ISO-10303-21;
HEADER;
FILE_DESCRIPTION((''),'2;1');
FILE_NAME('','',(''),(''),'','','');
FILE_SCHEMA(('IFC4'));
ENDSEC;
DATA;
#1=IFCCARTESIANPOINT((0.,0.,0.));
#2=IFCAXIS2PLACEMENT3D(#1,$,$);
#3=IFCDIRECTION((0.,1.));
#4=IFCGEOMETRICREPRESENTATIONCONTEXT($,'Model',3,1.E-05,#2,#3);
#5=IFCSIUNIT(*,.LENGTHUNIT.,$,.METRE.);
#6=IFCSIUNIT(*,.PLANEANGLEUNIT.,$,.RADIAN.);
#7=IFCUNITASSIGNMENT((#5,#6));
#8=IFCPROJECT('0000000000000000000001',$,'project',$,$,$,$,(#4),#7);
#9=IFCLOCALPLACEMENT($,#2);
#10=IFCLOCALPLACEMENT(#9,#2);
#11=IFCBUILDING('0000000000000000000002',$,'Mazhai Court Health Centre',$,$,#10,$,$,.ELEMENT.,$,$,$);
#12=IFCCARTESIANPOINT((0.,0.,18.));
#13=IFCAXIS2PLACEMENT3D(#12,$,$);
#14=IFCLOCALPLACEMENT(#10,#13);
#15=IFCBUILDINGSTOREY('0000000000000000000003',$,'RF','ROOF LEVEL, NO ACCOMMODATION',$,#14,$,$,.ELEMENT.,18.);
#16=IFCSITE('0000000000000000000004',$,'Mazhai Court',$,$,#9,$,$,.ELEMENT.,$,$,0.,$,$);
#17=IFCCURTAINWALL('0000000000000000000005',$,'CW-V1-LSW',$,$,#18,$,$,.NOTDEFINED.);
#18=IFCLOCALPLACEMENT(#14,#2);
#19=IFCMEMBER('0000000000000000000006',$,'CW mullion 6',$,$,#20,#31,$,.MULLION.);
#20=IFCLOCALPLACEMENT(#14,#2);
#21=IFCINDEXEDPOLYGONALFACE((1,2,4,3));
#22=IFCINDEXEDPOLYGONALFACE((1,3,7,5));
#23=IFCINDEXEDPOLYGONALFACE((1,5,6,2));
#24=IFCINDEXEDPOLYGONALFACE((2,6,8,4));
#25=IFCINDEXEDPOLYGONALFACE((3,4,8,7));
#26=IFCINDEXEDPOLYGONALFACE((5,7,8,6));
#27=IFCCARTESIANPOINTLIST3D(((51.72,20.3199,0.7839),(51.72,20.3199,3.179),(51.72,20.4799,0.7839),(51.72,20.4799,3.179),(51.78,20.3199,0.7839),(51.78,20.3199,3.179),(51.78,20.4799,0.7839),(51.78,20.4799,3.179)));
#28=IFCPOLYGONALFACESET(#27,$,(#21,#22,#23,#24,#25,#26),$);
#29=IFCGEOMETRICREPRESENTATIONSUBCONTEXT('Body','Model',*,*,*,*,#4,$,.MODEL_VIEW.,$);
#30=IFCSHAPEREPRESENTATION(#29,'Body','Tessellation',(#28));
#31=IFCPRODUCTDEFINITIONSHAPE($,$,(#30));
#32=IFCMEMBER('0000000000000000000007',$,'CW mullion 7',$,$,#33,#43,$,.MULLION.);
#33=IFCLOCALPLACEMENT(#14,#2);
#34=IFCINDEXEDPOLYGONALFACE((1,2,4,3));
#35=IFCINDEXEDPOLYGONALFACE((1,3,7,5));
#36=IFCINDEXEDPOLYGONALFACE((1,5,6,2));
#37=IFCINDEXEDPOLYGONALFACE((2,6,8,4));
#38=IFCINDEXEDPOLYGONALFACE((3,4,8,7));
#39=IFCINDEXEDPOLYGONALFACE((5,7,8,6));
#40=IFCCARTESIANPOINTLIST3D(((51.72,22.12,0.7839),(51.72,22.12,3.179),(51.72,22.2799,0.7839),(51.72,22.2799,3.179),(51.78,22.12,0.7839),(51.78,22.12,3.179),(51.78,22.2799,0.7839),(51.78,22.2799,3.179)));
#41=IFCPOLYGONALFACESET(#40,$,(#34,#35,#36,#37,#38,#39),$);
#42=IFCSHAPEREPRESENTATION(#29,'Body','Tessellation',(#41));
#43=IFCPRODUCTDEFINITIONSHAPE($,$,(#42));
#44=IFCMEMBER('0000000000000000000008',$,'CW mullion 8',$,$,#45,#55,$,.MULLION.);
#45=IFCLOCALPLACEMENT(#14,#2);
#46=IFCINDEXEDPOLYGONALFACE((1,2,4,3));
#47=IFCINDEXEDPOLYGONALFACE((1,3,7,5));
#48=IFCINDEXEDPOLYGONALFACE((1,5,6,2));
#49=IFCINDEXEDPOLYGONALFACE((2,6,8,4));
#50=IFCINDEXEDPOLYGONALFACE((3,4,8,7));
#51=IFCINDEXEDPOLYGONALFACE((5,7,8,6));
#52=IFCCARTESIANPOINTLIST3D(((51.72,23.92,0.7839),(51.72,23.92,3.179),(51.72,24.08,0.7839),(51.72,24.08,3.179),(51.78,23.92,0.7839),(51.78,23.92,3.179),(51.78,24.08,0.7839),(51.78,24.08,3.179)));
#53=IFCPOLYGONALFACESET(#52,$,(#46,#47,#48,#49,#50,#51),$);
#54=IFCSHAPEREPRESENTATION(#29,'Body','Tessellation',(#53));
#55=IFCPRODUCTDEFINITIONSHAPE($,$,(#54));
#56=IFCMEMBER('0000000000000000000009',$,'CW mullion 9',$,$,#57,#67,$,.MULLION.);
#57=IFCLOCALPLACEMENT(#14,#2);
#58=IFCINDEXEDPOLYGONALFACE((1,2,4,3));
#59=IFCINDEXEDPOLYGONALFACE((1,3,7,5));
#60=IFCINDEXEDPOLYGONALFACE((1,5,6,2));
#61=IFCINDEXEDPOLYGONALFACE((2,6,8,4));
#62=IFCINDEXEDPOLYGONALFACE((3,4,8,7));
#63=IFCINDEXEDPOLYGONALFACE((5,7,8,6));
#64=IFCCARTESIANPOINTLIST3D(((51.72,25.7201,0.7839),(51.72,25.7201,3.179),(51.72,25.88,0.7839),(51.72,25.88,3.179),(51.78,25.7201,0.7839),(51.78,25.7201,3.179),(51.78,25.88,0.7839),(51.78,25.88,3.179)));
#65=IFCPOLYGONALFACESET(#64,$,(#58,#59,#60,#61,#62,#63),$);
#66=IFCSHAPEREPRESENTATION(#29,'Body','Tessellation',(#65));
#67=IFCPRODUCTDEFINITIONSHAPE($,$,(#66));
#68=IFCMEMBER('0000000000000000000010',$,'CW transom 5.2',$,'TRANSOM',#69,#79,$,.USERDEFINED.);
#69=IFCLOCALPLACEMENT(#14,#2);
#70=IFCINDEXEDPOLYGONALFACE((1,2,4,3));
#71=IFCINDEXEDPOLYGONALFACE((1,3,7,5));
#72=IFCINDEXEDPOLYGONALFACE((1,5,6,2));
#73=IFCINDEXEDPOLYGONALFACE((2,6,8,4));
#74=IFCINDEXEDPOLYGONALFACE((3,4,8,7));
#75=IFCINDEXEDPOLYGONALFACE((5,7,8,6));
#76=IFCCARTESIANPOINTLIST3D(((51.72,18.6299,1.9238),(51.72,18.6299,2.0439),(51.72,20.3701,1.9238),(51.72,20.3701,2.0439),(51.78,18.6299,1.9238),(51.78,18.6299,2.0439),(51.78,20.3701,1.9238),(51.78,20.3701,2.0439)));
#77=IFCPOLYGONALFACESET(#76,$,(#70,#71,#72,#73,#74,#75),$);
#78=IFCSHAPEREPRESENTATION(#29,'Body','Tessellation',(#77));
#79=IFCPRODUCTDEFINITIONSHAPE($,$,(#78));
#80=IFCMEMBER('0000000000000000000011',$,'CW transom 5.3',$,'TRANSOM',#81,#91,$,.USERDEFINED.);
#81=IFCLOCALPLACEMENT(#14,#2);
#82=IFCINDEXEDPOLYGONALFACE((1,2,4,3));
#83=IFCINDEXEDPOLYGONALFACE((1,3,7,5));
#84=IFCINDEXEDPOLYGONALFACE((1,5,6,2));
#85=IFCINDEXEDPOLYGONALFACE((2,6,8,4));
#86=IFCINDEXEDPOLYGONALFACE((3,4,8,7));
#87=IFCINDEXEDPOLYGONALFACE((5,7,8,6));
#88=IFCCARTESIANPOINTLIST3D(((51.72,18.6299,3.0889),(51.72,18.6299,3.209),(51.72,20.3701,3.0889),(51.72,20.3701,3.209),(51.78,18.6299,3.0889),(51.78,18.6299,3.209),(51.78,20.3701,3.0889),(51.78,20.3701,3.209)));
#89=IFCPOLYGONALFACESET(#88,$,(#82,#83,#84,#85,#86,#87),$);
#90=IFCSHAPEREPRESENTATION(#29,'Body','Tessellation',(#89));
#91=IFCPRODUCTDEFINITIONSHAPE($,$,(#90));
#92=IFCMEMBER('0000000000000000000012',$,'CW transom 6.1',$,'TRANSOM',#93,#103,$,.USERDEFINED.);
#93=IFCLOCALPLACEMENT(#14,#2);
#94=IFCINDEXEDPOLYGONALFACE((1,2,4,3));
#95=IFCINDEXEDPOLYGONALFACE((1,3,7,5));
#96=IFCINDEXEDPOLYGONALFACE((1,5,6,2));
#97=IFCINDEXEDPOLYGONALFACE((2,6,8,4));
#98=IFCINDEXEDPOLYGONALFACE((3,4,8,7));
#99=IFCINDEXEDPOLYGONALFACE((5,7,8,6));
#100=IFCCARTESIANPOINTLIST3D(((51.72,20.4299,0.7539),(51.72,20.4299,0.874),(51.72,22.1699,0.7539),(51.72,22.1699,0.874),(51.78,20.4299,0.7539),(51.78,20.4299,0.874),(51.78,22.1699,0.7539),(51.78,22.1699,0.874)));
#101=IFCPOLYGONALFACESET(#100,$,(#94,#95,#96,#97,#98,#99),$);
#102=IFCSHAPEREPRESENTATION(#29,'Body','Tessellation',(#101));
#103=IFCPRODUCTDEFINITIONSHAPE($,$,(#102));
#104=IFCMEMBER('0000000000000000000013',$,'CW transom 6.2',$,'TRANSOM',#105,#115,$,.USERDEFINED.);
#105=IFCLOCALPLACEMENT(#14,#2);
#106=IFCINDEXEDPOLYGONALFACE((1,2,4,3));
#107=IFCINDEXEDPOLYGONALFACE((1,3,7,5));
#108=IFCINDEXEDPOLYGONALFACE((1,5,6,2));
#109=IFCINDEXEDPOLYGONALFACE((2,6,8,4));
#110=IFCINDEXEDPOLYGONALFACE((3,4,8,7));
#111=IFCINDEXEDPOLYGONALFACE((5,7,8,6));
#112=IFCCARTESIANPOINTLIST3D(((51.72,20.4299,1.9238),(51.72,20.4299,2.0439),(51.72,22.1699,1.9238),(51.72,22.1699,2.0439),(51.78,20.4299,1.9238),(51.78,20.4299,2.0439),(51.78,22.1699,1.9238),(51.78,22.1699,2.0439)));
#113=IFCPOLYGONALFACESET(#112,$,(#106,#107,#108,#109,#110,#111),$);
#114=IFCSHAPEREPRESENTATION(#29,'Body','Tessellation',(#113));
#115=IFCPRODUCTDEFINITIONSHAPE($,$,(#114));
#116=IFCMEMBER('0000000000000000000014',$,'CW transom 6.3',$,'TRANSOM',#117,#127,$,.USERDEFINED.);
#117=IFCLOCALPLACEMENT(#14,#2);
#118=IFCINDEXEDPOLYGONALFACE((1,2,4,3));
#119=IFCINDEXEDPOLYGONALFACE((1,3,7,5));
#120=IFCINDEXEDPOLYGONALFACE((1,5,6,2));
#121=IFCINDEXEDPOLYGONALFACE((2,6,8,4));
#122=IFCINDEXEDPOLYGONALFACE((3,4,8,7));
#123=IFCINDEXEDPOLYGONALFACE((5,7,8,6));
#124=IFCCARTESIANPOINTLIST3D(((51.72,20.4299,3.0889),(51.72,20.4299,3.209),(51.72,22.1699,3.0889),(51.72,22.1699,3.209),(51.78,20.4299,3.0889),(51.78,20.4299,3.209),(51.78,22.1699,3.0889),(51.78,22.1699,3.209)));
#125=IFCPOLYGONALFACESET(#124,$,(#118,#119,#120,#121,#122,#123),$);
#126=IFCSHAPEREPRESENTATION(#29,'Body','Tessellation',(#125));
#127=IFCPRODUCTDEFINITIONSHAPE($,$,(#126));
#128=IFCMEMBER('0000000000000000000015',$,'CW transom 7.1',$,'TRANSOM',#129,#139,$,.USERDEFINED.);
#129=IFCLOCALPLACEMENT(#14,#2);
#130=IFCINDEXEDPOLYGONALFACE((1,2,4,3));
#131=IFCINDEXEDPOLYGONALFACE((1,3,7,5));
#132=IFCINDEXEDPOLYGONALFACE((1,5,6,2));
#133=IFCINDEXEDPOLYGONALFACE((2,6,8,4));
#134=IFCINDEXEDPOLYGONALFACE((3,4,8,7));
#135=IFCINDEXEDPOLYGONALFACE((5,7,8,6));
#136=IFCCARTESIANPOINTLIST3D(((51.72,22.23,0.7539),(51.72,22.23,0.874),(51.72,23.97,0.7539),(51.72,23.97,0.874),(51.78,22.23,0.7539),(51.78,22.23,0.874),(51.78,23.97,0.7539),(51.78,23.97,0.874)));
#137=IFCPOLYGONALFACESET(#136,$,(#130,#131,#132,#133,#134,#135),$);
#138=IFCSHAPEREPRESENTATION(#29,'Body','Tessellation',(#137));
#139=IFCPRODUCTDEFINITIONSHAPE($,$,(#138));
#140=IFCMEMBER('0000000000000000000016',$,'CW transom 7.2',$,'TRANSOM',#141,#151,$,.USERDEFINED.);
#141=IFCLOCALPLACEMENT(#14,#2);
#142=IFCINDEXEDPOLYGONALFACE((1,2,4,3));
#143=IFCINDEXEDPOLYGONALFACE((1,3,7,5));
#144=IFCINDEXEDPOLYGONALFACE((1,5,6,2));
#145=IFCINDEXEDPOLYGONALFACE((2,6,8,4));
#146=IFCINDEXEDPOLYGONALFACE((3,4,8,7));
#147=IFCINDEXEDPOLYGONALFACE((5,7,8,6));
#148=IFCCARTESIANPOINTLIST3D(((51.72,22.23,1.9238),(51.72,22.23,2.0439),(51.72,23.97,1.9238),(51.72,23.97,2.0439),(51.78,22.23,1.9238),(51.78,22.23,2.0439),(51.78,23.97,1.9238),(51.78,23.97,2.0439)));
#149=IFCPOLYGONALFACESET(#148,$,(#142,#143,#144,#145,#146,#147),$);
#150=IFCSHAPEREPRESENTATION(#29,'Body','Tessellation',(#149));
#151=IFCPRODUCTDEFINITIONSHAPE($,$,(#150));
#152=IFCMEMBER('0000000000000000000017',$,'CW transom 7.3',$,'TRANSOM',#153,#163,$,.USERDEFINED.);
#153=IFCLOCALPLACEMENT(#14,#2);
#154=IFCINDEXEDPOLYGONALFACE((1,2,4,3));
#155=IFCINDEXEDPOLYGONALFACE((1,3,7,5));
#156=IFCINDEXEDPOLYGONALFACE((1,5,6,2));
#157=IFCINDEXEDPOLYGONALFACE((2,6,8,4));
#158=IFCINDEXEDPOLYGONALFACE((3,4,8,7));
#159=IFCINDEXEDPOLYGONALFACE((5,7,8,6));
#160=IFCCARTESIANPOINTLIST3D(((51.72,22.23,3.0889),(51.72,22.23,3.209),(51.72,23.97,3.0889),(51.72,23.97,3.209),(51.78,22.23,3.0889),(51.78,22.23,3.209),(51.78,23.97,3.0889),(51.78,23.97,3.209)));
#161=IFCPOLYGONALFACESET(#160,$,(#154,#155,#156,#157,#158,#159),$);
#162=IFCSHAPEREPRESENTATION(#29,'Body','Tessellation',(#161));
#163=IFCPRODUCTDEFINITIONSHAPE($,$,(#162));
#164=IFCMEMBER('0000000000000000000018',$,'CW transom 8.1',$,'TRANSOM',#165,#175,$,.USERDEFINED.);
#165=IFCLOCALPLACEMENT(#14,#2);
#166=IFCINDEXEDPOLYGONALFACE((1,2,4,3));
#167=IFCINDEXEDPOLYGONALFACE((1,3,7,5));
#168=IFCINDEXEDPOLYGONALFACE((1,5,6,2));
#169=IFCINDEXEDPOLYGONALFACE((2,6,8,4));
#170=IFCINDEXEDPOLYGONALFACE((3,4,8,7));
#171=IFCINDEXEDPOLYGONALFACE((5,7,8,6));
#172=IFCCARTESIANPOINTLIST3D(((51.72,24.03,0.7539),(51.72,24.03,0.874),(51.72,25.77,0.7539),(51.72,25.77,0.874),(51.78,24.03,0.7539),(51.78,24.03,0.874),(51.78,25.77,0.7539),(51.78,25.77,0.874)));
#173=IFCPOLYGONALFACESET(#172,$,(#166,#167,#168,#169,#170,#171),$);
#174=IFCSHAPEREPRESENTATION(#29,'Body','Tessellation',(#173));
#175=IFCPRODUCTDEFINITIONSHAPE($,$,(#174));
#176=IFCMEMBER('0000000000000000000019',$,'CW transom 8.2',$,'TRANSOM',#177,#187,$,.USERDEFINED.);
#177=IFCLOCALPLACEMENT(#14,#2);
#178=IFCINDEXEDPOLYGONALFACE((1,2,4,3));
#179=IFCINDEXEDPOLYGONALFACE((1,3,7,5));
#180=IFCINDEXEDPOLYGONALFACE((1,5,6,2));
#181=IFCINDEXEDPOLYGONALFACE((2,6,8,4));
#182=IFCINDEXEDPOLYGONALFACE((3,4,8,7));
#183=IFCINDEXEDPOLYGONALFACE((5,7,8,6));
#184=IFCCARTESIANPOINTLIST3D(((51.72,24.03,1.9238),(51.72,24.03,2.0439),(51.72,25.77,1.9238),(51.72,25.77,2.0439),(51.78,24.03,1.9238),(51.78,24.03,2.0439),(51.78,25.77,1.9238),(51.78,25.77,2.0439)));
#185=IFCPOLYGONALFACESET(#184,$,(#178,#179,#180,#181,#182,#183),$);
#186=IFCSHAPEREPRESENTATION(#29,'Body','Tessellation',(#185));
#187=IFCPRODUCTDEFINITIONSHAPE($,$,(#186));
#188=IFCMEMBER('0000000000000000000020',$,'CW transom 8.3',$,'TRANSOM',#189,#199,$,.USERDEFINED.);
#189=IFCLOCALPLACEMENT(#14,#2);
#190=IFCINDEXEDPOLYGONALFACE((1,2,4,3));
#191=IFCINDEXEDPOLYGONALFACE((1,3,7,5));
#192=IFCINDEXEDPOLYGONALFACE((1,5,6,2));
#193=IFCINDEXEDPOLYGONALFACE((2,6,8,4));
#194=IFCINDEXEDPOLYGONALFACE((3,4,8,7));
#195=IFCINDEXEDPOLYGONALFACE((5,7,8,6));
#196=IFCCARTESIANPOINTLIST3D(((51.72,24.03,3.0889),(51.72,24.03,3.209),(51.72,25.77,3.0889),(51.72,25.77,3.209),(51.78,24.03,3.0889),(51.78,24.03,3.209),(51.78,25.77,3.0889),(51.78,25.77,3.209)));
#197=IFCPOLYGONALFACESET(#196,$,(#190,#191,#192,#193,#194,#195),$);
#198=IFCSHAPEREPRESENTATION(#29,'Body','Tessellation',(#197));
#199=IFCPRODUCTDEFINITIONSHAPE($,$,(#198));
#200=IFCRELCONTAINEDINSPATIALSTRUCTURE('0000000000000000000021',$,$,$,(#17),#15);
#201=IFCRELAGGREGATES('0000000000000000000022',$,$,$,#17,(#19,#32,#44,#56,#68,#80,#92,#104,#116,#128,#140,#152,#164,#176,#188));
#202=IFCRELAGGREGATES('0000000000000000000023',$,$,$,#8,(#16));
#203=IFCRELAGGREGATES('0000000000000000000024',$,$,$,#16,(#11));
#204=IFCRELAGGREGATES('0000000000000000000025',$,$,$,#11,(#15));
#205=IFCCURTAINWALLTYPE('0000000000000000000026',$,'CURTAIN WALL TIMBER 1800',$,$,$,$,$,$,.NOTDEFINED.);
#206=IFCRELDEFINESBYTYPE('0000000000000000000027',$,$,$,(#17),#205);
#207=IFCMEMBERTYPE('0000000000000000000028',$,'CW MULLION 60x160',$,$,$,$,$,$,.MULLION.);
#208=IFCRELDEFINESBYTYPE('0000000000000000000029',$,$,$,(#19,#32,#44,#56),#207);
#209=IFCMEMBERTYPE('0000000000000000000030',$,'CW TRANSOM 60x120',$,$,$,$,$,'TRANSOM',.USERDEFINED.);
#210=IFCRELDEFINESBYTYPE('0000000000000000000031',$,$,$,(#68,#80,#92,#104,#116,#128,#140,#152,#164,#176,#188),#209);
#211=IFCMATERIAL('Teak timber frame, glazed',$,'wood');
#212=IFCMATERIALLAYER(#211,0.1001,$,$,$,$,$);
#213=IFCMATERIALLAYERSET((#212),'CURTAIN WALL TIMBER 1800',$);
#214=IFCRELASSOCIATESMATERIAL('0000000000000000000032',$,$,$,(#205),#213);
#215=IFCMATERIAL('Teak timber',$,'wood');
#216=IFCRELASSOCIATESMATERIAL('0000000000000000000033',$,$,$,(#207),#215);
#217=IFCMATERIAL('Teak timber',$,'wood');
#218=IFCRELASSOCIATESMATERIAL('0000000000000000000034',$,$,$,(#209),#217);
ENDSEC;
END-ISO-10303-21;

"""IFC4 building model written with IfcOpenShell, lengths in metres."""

from ifc_helpers import new_model, si_unit, direction, frame, origin, origin_2d, place, context, subcontext, project, spatial, rectangle, extrude, material, layer, layer_set, material_profile, profile_set, type_object, element, aggregate, save


model = new_model("IFC4")

# Units and contexts
model_context = context("Model", 3, precision=1e-05, world=origin(), true_north=direction((0.0, 1.0)))
body_context = subcontext(model_context, "Body", "Model", "MODEL_VIEW")
ifc_project = project(units=[si_unit("LENGTHUNIT", "METRE"), si_unit("PLANEANGLEUNIT", "RADIAN")], contexts=[model_context])

# Site, building, storey
site_placement = place(None, origin())
site = spatial("IfcSite", under=ifc_project, at=site_placement, Name="Mazhai Court", CompositionType="ELEMENT", RefElevation=0.0)
building_placement = place(site_placement, origin())
building = spatial("IfcBuilding", under=site, at=building_placement, Name="Mazhai Court Health Centre", CompositionType="ELEMENT")
storey_placement = place(building_placement, frame((0.0, 0.0, 18.0)))
storey = spatial("IfcBuildingStorey", under=building, at=storey_placement, Name="RF", Description="ROOF LEVEL, NO ACCOMMODATION", CompositionType="ELEMENT", Elevation=18.0)

# Curtain wall, members
ifc_material_1 = material(Name="Teak timber frame, glazed", Category="wood")
ifc_layer_1 = layer(ifc_material_1, 0.1001)
ifc_layer_set_1 = layer_set([ifc_layer_1], Name="CURTAIN WALL TIMBER 1800")
curtain_wall_type = type_object("IfcCurtainWallType", Name="CURTAIN WALL TIMBER 1800", PredefinedType="NOTDEFINED", material=ifc_layer_set_1)
curtain_wall_placement = place(storey_placement, origin())
curtain_wall = element("IfcCurtainWall", 1, at=curtain_wall_placement, inside=storey, type_object=curtain_wall_type, Name="CW-V1-LSW", PredefinedType="NOTDEFINED")
ifc_material_2 = material(Name="Teak timber", Category="wood")
ifc_material_profile_1 = material_profile(ifc_material_2, rectangle(XDim=0.0601, YDim=0.1599, at=origin_2d()), Name="CW MULLION 60x160")
ifc_profile_set_1 = profile_set([ifc_material_profile_1], Name="Teak timber")
member_type_1 = type_object("IfcMemberType", Name="CW MULLION 60x160", PredefinedType="MULLION", material=ifc_profile_set_1)
member_1_placement = place(storey_placement, frame((51.75, 20.3999, 0.7839), z_axis=(0.0, 0.0, 1.0), x_axis=(-1.0, 0.0, 0.0)))
member_1 = element("IfcMember", 2, at=member_1_placement, type_object=member_type_1, Name="CW mullion 6", PredefinedType="MULLION", context=body_context, shape_type="SweptSolid", body=[
    extrude(rectangle(XDim=0.0601, YDim=0.1599, at=origin_2d()), origin(), (0.0, 0.0, 1.0), 2.395),
])
member_2_placement = place(storey_placement, frame((51.75, 22.2, 0.7839), z_axis=(0.0, 0.0, 1.0), x_axis=(-1.0, 0.0, 0.0)))
member_2 = element("IfcMember", 3, at=member_2_placement, type_object=member_type_1, Name="CW mullion 7", PredefinedType="MULLION", context=body_context, shape_type="SweptSolid", body=[
    extrude(rectangle(XDim=0.0601, YDim=0.1599, at=origin_2d()), origin(), (0.0, 0.0, 1.0), 2.395),
])
member_3_placement = place(storey_placement, frame((51.75, 24.0, 0.7839), z_axis=(0.0, 0.0, 1.0), x_axis=(-1.0, 0.0, 0.0)))
member_3 = element("IfcMember", 4, at=member_3_placement, type_object=member_type_1, Name="CW mullion 8", PredefinedType="MULLION", context=body_context, shape_type="SweptSolid", body=[
    extrude(rectangle(XDim=0.0601, YDim=0.1599, at=origin_2d()), origin(), (0.0, 0.0, 1.0), 2.395),
])
member_4_placement = place(storey_placement, frame((51.75, 25.8, 0.7839), z_axis=(0.0, 0.0, 1.0), x_axis=(-1.0, 0.0, 0.0)))
member_4 = element("IfcMember", 5, at=member_4_placement, type_object=member_type_1, Name="CW mullion 9", PredefinedType="MULLION", context=body_context, shape_type="SweptSolid", body=[
    extrude(rectangle(XDim=0.0601, YDim=0.1599, at=origin_2d()), origin(), (0.0, 0.0, 1.0), 2.395),
])
ifc_material_3 = material(Name="Teak timber", Category="wood")
ifc_material_profile_2 = material_profile(ifc_material_3, rectangle(XDim=0.0601, YDim=0.1201, at=origin_2d()), Name="CW TRANSOM 60x120")
ifc_profile_set_2 = profile_set([ifc_material_profile_2], Name="Teak timber")
member_type_2 = type_object("IfcMemberType", Name="CW TRANSOM 60x120", ElementType="TRANSOM", PredefinedType="USERDEFINED", material=ifc_profile_set_2)
member_5_placement = place(storey_placement, frame((51.75, 18.6299, 1.9839), z_axis=(0.0, 1.0, 0.0), x_axis=(-1.0, 0.0, 0.0)))
member_5 = element("IfcMember", 6, at=member_5_placement, type_object=member_type_2, Name="CW transom 5.2", ObjectType="TRANSOM", PredefinedType="USERDEFINED", context=body_context, shape_type="SweptSolid", body=[
    extrude(rectangle(XDim=0.0601, YDim=0.1201, at=origin_2d()), origin(), (0.0, 0.0, 1.0), 1.7402),
])
member_6_placement = place(storey_placement, frame((51.75, 18.6299, 3.1489), z_axis=(0.0, 1.0, 0.0), x_axis=(-1.0, 0.0, 0.0)))
member_6 = element("IfcMember", 7, at=member_6_placement, type_object=member_type_2, Name="CW transom 5.3", ObjectType="TRANSOM", PredefinedType="USERDEFINED", context=body_context, shape_type="SweptSolid", body=[
    extrude(rectangle(XDim=0.0601, YDim=0.1201, at=origin_2d()), origin(), (0.0, 0.0, 1.0), 1.7402),
])
member_7_placement = place(storey_placement, frame((51.75, 20.4299, 0.814), z_axis=(0.0, 1.0, 0.0), x_axis=(-1.0, 0.0, 0.0)))
member_7 = element("IfcMember", 8, at=member_7_placement, type_object=member_type_2, Name="CW transom 6.1", ObjectType="TRANSOM", PredefinedType="USERDEFINED", context=body_context, shape_type="SweptSolid", body=[
    extrude(rectangle(XDim=0.0601, YDim=0.1201, at=origin_2d()), origin(), (0.0, 0.0, 1.0), 1.74),
])
member_8_placement = place(storey_placement, frame((51.75, 20.4299, 1.9839), z_axis=(0.0, 1.0, 0.0), x_axis=(-1.0, 0.0, 0.0)))
member_8 = element("IfcMember", 9, at=member_8_placement, type_object=member_type_2, Name="CW transom 6.2", ObjectType="TRANSOM", PredefinedType="USERDEFINED", context=body_context, shape_type="SweptSolid", body=[
    extrude(rectangle(XDim=0.0601, YDim=0.1201, at=origin_2d()), origin(), (0.0, 0.0, 1.0), 1.74),
])
member_9_placement = place(storey_placement, frame((51.75, 20.4299, 3.1489), z_axis=(0.0, 1.0, 0.0), x_axis=(-1.0, 0.0, 0.0)))
member_9 = element("IfcMember", 10, at=member_9_placement, type_object=member_type_2, Name="CW transom 6.3", ObjectType="TRANSOM", PredefinedType="USERDEFINED", context=body_context, shape_type="SweptSolid", body=[
    extrude(rectangle(XDim=0.0601, YDim=0.1201, at=origin_2d()), origin(), (0.0, 0.0, 1.0), 1.74),
])
member_10_placement = place(storey_placement, frame((51.75, 22.23, 0.814), z_axis=(0.0, 1.0, 0.0), x_axis=(-1.0, 0.0, 0.0)))
member_10 = element("IfcMember", 11, at=member_10_placement, type_object=member_type_2, Name="CW transom 7.1", ObjectType="TRANSOM", PredefinedType="USERDEFINED", context=body_context, shape_type="SweptSolid", body=[
    extrude(rectangle(XDim=0.0601, YDim=0.1201, at=origin_2d()), origin(), (0.0, 0.0, 1.0), 1.74),
])
member_11_placement = place(storey_placement, frame((51.75, 22.23, 1.9839), z_axis=(0.0, 1.0, 0.0), x_axis=(-1.0, 0.0, 0.0)))
member_11 = element("IfcMember", 12, at=member_11_placement, type_object=member_type_2, Name="CW transom 7.2", ObjectType="TRANSOM", PredefinedType="USERDEFINED", context=body_context, shape_type="SweptSolid", body=[
    extrude(rectangle(XDim=0.0601, YDim=0.1201, at=origin_2d()), origin(), (0.0, 0.0, 1.0), 1.74),
])
member_12_placement = place(storey_placement, frame((51.75, 22.23, 3.1489), z_axis=(0.0, 1.0, 0.0), x_axis=(-1.0, 0.0, 0.0)))
member_12 = element("IfcMember", 13, at=member_12_placement, type_object=member_type_2, Name="CW transom 7.3", ObjectType="TRANSOM", PredefinedType="USERDEFINED", context=body_context, shape_type="SweptSolid", body=[
    extrude(rectangle(XDim=0.0601, YDim=0.1201, at=origin_2d()), origin(), (0.0, 0.0, 1.0), 1.74),
])
member_13_placement = place(storey_placement, frame((51.75, 24.03, 0.814), z_axis=(0.0, 1.0, 0.0), x_axis=(-1.0, 0.0, 0.0)))
member_13 = element("IfcMember", 14, at=member_13_placement, type_object=member_type_2, Name="CW transom 8.1", ObjectType="TRANSOM", PredefinedType="USERDEFINED", context=body_context, shape_type="SweptSolid", body=[
    extrude(rectangle(XDim=0.0601, YDim=0.1201, at=origin_2d()), origin(), (0.0, 0.0, 1.0), 1.74),
])
member_14_placement = place(storey_placement, frame((51.75, 24.03, 1.9839), z_axis=(0.0, 1.0, 0.0), x_axis=(-1.0, 0.0, 0.0)))
member_14 = element("IfcMember", 15, at=member_14_placement, type_object=member_type_2, Name="CW transom 8.2", ObjectType="TRANSOM", PredefinedType="USERDEFINED", context=body_context, shape_type="SweptSolid", body=[
    extrude(rectangle(XDim=0.0601, YDim=0.1201, at=origin_2d()), origin(), (0.0, 0.0, 1.0), 1.74),
])
member_15_placement = place(storey_placement, frame((51.75, 24.03, 3.1489), z_axis=(0.0, 1.0, 0.0), x_axis=(-1.0, 0.0, 0.0)))
member_15 = element("IfcMember", 16, at=member_15_placement, type_object=member_type_2, Name="CW transom 8.3", ObjectType="TRANSOM", PredefinedType="USERDEFINED", context=body_context, shape_type="SweptSolid", body=[
    extrude(rectangle(XDim=0.0601, YDim=0.1201, at=origin_2d()), origin(), (0.0, 0.0, 1.0), 1.74),
])
aggregate(curtain_wall, [member_1, member_2, member_3, member_4, member_5, member_6, member_7, member_8, member_9, member_10, member_11, member_12, member_13, member_14, member_15])

save(model, "model.ifc")
